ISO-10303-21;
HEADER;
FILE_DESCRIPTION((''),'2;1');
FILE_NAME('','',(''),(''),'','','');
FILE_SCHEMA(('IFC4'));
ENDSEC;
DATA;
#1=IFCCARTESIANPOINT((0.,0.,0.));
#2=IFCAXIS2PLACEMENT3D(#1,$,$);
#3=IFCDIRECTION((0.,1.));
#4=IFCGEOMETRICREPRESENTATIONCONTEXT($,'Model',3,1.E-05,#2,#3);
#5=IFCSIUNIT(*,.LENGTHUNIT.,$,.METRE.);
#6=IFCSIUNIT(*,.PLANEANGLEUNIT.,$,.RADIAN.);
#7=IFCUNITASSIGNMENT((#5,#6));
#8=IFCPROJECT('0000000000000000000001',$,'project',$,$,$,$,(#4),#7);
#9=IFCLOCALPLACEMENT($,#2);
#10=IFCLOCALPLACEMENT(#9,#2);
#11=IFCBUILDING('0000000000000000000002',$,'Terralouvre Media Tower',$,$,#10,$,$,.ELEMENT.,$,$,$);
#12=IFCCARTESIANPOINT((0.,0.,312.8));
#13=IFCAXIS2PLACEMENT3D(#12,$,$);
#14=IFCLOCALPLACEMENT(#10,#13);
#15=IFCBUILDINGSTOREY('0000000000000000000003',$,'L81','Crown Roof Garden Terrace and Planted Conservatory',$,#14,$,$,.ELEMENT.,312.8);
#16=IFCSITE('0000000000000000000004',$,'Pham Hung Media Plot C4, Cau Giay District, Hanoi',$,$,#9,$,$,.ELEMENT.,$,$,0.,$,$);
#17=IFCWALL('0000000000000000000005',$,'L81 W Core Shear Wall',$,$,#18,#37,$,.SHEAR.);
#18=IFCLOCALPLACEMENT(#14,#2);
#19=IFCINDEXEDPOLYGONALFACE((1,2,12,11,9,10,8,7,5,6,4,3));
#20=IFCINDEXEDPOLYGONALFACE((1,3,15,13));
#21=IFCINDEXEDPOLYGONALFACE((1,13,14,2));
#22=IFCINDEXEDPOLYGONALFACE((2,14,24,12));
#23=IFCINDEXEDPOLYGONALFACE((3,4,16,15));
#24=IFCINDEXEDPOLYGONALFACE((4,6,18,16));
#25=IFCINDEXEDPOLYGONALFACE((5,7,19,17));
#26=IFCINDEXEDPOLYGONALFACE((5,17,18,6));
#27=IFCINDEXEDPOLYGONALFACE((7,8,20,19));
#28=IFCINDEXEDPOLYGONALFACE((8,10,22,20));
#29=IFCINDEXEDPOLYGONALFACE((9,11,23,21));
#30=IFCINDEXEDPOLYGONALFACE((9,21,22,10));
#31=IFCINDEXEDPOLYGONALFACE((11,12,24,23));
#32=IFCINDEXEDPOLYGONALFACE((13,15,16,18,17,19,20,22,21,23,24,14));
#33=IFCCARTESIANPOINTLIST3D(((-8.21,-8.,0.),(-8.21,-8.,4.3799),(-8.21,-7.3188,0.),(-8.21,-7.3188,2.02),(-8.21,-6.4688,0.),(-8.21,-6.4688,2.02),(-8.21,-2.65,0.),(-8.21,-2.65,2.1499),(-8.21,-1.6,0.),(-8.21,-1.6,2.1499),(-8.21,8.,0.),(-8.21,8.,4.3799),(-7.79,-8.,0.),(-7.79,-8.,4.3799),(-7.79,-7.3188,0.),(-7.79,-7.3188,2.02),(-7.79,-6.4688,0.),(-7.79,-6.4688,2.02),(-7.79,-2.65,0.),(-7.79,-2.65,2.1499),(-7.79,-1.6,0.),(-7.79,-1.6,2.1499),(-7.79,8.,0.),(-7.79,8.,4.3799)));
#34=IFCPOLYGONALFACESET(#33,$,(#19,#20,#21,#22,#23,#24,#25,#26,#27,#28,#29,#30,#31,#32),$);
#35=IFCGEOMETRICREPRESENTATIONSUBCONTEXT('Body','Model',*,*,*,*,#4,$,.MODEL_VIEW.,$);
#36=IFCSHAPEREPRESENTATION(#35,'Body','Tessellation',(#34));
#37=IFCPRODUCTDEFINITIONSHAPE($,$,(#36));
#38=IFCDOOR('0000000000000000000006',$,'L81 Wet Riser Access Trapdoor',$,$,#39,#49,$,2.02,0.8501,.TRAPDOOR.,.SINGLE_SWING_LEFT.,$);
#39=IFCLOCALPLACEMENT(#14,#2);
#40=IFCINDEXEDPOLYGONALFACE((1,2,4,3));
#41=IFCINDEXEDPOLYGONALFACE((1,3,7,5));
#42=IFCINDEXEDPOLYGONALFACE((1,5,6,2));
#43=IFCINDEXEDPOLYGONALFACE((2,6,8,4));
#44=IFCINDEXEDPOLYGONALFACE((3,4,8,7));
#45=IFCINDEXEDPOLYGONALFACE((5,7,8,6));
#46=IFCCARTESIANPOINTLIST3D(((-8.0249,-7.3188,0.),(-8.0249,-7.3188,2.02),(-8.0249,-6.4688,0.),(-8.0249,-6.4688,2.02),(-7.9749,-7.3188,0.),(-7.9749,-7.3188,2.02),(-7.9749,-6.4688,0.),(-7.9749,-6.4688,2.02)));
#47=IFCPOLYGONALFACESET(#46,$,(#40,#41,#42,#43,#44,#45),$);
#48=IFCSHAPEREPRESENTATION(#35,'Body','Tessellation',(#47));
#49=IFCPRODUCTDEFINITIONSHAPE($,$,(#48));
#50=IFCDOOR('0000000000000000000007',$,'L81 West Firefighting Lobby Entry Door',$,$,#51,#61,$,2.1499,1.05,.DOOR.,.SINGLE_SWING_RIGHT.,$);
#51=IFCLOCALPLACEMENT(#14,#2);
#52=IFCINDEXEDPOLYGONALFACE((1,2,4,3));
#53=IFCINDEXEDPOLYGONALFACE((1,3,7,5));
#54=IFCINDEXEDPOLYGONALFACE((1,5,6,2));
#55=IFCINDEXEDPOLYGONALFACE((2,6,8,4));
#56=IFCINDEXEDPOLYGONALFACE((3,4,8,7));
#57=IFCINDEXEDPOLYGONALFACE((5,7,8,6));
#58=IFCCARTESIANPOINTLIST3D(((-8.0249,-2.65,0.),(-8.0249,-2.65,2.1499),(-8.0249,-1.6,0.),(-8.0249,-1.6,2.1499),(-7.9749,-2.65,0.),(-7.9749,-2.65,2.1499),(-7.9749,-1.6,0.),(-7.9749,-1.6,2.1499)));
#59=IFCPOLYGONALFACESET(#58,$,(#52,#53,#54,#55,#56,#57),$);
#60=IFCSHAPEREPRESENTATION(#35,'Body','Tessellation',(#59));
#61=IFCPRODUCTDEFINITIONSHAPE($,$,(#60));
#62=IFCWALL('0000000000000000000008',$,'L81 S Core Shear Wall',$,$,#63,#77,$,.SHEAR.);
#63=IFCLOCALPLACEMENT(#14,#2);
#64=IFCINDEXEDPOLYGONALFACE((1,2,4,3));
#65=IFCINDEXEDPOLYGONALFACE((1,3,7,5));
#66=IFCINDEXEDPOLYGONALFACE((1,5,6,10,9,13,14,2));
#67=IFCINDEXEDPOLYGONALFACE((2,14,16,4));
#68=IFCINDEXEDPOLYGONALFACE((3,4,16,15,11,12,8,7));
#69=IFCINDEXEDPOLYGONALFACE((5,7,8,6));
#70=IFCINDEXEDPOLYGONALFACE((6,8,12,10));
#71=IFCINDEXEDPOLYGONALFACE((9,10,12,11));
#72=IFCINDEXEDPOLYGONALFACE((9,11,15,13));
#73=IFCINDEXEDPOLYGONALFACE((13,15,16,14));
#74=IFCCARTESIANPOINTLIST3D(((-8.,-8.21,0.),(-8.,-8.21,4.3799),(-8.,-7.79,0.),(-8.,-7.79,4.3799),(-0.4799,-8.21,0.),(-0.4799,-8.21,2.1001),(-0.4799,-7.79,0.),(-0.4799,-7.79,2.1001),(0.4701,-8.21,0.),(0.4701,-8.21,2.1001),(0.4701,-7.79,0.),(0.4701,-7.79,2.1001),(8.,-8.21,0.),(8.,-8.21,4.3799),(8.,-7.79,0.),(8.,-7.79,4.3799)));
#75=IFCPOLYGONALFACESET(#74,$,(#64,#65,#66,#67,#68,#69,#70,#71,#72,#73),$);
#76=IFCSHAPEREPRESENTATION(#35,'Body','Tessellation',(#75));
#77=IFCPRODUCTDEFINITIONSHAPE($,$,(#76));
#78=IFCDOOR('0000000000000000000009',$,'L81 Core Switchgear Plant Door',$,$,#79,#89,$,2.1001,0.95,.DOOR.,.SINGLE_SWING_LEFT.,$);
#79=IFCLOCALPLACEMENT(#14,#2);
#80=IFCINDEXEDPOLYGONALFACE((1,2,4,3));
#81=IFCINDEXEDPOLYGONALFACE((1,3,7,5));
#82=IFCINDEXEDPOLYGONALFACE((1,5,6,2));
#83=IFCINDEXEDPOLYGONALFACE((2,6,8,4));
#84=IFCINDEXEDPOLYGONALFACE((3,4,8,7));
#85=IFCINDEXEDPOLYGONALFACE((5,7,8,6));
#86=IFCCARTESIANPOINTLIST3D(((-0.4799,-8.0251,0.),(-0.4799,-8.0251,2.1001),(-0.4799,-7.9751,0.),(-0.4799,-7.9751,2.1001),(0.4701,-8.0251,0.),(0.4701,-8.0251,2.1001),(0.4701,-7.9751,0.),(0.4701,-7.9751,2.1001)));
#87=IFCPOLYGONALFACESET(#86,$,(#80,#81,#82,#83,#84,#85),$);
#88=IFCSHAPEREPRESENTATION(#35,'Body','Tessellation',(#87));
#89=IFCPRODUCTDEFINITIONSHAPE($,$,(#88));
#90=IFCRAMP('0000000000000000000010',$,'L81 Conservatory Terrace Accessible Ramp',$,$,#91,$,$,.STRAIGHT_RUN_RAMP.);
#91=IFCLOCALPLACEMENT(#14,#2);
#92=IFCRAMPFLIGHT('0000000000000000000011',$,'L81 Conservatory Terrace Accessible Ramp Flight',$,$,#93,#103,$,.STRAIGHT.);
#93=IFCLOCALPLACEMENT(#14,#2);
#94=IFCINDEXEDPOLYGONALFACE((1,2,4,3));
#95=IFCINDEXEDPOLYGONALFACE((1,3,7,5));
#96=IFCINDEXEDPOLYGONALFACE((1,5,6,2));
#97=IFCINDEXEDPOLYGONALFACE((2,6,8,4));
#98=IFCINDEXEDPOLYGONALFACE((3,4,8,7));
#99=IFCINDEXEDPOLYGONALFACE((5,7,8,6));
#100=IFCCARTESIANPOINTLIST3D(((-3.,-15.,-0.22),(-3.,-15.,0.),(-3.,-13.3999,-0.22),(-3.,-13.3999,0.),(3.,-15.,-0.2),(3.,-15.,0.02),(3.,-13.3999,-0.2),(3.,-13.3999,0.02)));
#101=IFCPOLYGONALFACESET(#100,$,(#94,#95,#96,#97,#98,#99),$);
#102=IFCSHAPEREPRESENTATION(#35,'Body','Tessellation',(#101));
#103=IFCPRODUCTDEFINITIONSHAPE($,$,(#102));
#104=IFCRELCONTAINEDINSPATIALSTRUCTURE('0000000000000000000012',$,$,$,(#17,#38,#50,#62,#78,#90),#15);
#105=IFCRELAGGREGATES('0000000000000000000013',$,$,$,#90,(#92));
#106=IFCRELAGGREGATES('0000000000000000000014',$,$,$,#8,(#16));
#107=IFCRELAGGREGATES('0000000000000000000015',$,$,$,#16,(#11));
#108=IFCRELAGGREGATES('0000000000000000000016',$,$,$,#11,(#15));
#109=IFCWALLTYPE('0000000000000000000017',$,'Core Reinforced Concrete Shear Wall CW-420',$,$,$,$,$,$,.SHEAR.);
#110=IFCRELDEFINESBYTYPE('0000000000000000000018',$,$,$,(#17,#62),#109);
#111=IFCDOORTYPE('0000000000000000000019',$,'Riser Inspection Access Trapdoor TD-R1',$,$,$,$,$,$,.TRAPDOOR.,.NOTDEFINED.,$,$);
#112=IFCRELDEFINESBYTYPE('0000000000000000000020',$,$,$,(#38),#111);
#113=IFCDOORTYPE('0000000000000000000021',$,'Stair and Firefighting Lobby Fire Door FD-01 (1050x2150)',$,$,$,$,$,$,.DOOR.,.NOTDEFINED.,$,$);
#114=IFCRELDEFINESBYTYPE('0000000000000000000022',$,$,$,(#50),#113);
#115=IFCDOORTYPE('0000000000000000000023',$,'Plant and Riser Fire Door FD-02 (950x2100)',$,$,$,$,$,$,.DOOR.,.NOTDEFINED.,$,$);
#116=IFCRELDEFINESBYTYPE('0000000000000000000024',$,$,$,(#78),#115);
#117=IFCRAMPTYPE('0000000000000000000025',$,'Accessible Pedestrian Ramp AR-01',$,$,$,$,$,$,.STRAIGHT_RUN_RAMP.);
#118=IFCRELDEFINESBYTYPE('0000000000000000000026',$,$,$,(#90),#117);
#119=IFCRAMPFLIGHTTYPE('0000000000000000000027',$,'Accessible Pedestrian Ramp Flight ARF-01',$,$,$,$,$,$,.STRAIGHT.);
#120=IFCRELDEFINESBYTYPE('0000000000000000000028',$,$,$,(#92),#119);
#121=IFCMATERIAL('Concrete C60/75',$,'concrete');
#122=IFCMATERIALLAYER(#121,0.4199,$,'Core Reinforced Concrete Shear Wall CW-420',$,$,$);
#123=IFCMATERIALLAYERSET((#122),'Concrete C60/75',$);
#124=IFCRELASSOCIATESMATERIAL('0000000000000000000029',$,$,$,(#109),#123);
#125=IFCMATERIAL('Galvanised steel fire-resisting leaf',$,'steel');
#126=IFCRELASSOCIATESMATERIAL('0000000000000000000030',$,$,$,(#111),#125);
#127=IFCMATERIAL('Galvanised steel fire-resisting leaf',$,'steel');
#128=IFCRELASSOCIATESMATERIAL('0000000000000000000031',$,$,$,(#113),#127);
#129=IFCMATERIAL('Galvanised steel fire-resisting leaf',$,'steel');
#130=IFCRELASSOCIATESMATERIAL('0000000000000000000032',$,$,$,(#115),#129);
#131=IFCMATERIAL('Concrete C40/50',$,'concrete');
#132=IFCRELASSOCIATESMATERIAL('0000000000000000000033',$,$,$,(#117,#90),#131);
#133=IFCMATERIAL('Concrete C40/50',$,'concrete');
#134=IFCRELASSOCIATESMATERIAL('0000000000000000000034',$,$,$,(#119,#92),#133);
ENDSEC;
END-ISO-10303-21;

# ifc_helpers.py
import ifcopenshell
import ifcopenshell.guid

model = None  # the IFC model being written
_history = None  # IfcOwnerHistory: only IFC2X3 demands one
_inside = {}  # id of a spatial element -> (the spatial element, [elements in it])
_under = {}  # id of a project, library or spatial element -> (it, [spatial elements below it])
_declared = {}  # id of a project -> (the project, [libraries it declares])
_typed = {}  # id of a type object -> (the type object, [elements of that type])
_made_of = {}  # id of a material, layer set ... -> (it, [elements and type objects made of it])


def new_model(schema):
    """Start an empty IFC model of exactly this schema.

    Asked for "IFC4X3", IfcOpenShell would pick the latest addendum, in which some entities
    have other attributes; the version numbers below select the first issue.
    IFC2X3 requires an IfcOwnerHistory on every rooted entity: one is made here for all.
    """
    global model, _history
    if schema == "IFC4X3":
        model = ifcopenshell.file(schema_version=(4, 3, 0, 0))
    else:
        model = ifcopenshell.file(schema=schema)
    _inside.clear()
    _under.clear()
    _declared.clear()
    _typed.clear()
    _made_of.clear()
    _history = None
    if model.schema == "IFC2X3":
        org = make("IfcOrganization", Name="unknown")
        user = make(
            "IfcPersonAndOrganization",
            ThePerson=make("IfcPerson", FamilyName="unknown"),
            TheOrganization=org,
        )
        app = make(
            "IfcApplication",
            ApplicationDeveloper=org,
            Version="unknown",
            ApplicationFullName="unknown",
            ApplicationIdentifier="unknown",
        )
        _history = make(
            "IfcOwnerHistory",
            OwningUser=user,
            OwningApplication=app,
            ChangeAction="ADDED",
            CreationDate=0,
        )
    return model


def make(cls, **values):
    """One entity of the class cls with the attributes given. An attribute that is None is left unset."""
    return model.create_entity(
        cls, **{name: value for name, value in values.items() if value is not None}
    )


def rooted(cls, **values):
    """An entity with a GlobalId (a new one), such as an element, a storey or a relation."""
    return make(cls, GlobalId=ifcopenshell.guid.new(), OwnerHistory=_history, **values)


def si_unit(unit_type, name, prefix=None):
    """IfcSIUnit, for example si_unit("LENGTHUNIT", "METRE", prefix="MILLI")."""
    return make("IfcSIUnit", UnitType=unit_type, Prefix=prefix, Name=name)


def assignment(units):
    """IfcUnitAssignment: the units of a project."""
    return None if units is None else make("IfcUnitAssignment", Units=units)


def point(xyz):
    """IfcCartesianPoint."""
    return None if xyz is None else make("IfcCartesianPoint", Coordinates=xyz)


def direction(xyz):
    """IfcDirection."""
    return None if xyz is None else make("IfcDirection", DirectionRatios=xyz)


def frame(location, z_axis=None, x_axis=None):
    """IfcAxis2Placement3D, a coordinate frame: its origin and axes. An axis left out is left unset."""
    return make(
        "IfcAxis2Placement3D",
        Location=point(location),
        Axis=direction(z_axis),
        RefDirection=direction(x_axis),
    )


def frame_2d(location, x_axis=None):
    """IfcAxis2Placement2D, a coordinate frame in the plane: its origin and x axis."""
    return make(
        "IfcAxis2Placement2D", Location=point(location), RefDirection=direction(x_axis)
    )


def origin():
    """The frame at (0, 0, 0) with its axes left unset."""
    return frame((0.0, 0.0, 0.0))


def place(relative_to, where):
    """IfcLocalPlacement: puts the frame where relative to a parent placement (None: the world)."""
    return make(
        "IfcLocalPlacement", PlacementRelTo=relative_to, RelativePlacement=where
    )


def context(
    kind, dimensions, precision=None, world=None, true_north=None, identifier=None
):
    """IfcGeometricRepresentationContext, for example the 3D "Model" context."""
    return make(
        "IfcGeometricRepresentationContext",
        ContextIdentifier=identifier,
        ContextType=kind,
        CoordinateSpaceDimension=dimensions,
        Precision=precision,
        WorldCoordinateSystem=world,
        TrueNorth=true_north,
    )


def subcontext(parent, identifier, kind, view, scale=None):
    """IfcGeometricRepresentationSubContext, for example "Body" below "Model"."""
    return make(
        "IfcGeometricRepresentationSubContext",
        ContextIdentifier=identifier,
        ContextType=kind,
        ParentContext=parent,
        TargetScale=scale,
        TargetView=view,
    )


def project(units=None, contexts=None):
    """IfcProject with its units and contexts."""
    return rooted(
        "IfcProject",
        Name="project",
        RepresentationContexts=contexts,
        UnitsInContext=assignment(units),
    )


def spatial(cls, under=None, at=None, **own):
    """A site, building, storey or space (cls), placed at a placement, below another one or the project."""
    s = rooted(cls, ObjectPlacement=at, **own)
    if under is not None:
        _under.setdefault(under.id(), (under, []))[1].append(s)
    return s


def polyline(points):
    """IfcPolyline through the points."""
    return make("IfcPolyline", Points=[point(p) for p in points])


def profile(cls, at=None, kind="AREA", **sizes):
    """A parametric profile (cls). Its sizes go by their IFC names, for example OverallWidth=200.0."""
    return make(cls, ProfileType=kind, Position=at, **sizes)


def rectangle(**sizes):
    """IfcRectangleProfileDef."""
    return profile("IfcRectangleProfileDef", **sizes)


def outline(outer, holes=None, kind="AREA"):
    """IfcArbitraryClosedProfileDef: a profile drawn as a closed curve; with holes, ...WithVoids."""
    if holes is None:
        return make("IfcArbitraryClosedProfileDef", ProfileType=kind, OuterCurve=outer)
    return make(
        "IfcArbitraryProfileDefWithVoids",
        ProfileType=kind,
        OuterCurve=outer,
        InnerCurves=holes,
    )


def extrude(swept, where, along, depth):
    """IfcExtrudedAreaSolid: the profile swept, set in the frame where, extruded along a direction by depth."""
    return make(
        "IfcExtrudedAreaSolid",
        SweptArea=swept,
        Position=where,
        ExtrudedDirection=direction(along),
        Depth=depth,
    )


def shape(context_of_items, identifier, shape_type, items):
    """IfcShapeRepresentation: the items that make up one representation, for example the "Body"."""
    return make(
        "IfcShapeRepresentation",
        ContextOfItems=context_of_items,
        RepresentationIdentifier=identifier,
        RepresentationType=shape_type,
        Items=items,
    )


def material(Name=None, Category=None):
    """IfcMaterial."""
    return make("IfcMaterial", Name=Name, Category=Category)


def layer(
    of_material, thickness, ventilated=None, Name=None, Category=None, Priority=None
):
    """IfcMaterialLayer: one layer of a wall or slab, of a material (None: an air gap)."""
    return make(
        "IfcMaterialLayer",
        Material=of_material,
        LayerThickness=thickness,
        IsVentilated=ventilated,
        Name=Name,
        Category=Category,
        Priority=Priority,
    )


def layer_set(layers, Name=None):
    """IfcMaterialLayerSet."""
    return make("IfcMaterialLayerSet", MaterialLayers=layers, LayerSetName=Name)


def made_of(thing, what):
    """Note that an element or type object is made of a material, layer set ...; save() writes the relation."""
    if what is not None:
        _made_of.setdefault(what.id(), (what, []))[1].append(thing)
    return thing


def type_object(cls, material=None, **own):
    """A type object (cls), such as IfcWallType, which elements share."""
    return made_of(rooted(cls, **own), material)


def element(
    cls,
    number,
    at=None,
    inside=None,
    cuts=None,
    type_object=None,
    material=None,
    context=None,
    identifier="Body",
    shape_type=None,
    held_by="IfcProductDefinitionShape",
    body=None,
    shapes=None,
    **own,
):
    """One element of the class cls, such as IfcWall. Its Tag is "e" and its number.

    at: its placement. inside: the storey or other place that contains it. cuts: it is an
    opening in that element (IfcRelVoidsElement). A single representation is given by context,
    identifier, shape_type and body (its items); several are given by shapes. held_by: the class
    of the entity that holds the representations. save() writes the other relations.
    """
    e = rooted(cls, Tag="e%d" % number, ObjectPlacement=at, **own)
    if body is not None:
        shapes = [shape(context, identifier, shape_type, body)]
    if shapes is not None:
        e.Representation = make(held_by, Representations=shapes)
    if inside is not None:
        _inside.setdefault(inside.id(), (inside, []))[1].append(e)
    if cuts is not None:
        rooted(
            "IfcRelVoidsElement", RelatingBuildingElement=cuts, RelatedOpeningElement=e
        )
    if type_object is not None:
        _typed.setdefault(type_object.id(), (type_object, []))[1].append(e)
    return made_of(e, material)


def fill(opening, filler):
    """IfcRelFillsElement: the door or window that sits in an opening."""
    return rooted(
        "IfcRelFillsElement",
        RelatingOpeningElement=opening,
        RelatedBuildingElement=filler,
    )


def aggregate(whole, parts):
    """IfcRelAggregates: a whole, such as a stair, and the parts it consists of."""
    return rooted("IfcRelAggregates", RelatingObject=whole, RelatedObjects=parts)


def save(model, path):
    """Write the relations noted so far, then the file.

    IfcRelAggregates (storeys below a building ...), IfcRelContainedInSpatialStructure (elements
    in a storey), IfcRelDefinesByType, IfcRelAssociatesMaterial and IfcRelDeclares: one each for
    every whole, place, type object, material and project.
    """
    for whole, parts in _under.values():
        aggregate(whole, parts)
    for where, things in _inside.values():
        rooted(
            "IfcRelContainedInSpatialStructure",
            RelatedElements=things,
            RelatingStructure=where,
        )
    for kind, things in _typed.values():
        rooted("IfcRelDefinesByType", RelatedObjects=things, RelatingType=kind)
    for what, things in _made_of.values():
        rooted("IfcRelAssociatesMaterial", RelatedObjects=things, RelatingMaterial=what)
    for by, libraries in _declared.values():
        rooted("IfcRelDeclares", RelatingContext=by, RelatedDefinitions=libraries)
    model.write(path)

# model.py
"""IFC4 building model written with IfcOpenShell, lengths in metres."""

from ifc_helpers import new_model, si_unit, direction, frame, frame_2d, origin, place, context, subcontext, project, spatial, polyline, rectangle, outline, extrude, material, layer, layer_set, type_object, element, fill, aggregate, save


model = new_model("IFC4")

# Units and contexts
model_context = context("Model", 3, precision=1e-05, world=origin(), true_north=direction((0.0, 1.0)))
body_context = subcontext(model_context, "Body", "Model", "MODEL_VIEW")
ifc_project = project(units=[si_unit("LENGTHUNIT", "METRE"), si_unit("PLANEANGLEUNIT", "RADIAN")], contexts=[model_context])

# Site, building, storey
site_placement = place(None, origin())
site = spatial("IfcSite", under=ifc_project, at=site_placement, Name="Pham Hung Media Plot C4, Cau Giay District, Hanoi", CompositionType="ELEMENT", RefElevation=0.0)
building_placement = place(site_placement, origin())
building = spatial("IfcBuilding", under=site, at=building_placement, Name="Terralouvre Media Tower", CompositionType="ELEMENT")
storey_placement = place(building_placement, frame((0.0, 0.0, 312.8)))
storey = spatial("IfcBuildingStorey", under=building, at=storey_placement, Name="L81", Description="Crown Roof Garden Terrace and Planted Conservatory", CompositionType="ELEMENT", Elevation=312.8)

# Wall, openings, doors
ifc_material_1 = material(Name="Concrete C60/75", Category="concrete")
ifc_layer_1 = layer(ifc_material_1, 0.4199, Name="Core Reinforced Concrete Shear Wall CW-420")
ifc_layer_set_1 = layer_set([ifc_layer_1], Name="Concrete C60/75")
wall_type = type_object("IfcWallType", Name="Core Reinforced Concrete Shear Wall CW-420", PredefinedType="SHEAR", material=ifc_layer_set_1)
wall_1_placement = place(storey_placement, frame((-8.0, -8.0, 0.0), z_axis=(0.0, 0.0, 1.0), x_axis=(0.0, 1.0, 0.0)))
wall_1 = element("IfcWall", 1, at=wall_1_placement, inside=storey, type_object=wall_type, Name="L81 W Core Shear Wall", PredefinedType="SHEAR", context=body_context, shape_type="SweptSolid", body=[
    extrude(rectangle(XDim=16.0, YDim=0.4199, at=frame_2d((8.0, 0.0))), origin(), (0.0, 0.0, 1.0), 4.3799),
])
opening_1_placement = place(wall_1_placement, frame((0.6812, 0.0, 0.0)))
opening_1 = element("IfcOpeningElement", 2, at=opening_1_placement, cuts=wall_1, PredefinedType="OPENING", context=body_context, shape_type="SweptSolid", body=[
    extrude(rectangle(XDim=0.8501, YDim=2.02, at=frame_2d((0.425, 1.01))), frame((0.0, 0.22, 0.0), z_axis=(0.0, -1.0, 0.0), x_axis=(1.0, 0.0, 0.0)), (0.0, 0.0, 1.0), 0.4399),
])
opening_2_placement = place(wall_1_placement, frame((5.3501, 0.0, 0.0)))
opening_2 = element("IfcOpeningElement", 3, at=opening_2_placement, cuts=wall_1, PredefinedType="OPENING", context=body_context, shape_type="SweptSolid", body=[
    extrude(rectangle(XDim=1.05, YDim=2.1499, at=frame_2d((0.5249, 1.075))), frame((0.0, 0.22, 0.0), z_axis=(0.0, -1.0, 0.0), x_axis=(1.0, 0.0, 0.0)), (0.0, 0.0, 1.0), 0.4399),
])
ifc_material_2 = material(Name="Galvanised steel fire-resisting leaf", Category="steel")
door_type_1 = type_object("IfcDoorType", Name="Riser Inspection Access Trapdoor TD-R1", OperationType="NOTDEFINED", PredefinedType="TRAPDOOR", material=ifc_material_2)
door_1_placement = place(opening_1_placement, origin())
door_1 = element("IfcDoor", 4, at=door_1_placement, inside=storey, type_object=door_type_1, Name="L81 Wet Riser Access Trapdoor", OperationType="SINGLE_SWING_LEFT", OverallHeight=2.02, OverallWidth=0.8501, PredefinedType="TRAPDOOR", context=body_context, shape_type="SweptSolid", body=[
    extrude(rectangle(XDim=0.8501, YDim=2.02, at=frame_2d((0.425, 1.01))), frame((0.0, 0.0249, 0.0), z_axis=(0.0, -1.0, 0.0), x_axis=(1.0, 0.0, 0.0)), (0.0, 0.0, 1.0), 0.05),
])
fill(opening_1, door_1)
ifc_material_3 = material(Name="Galvanised steel fire-resisting leaf", Category="steel")
door_type_2 = type_object("IfcDoorType", Name="Stair and Firefighting Lobby Fire Door FD-01 (1050x2150)", OperationType="NOTDEFINED", PredefinedType="DOOR", material=ifc_material_3)
door_2_placement = place(opening_2_placement, origin())
door_2 = element("IfcDoor", 5, at=door_2_placement, inside=storey, type_object=door_type_2, Name="L81 West Firefighting Lobby Entry Door", OperationType="SINGLE_SWING_RIGHT", OverallHeight=2.1499, OverallWidth=1.05, PredefinedType="DOOR", context=body_context, shape_type="SweptSolid", body=[
    extrude(rectangle(XDim=1.05, YDim=2.1499, at=frame_2d((0.5249, 1.075))), frame((0.0, 0.0249, 0.0), z_axis=(0.0, -1.0, 0.0), x_axis=(1.0, 0.0, 0.0)), (0.0, 0.0, 1.0), 0.05),
])
fill(opening_2, door_2)

# Wall, opening, door
wall_2_placement = place(storey_placement, frame((-8.0, -8.0, 0.0), z_axis=(0.0, 0.0, 1.0), x_axis=(1.0, 0.0, 0.0)))
wall_2 = element("IfcWall", 6, at=wall_2_placement, inside=storey, type_object=wall_type, Name="L81 S Core Shear Wall", PredefinedType="SHEAR", context=body_context, shape_type="SweptSolid", body=[
    extrude(rectangle(XDim=16.0, YDim=0.4199, at=frame_2d((8.0, 0.0))), origin(), (0.0, 0.0, 1.0), 4.3799),
])
opening_3_placement = place(wall_2_placement, frame((7.52, 0.0, 0.0)))
opening_3 = element("IfcOpeningElement", 7, at=opening_3_placement, cuts=wall_2, PredefinedType="OPENING", context=body_context, shape_type="SweptSolid", body=[
    extrude(rectangle(XDim=0.95, YDim=2.1001, at=frame_2d((0.4751, 1.05))), frame((0.0, 0.22, 0.0), z_axis=(0.0, -1.0, 0.0), x_axis=(1.0, 0.0, 0.0)), (0.0, 0.0, 1.0), 0.4399),
])
ifc_material_4 = material(Name="Galvanised steel fire-resisting leaf", Category="steel")
door_type_3 = type_object("IfcDoorType", Name="Plant and Riser Fire Door FD-02 (950x2100)", OperationType="NOTDEFINED", PredefinedType="DOOR", material=ifc_material_4)
door_3_placement = place(opening_3_placement, origin())
door_3 = element("IfcDoor", 8, at=door_3_placement, inside=storey, type_object=door_type_3, Name="L81 Core Switchgear Plant Door", OperationType="SINGLE_SWING_LEFT", OverallHeight=2.1001, OverallWidth=0.95, PredefinedType="DOOR", context=body_context, shape_type="SweptSolid", body=[
    extrude(rectangle(XDim=0.95, YDim=2.1001, at=frame_2d((0.4751, 1.05))), frame((0.0, 0.0249, 0.0), z_axis=(0.0, -1.0, 0.0), x_axis=(1.0, 0.0, 0.0)), (0.0, 0.0, 1.0), 0.05),
])
fill(opening_3, door_3)

# Ramp, ramp flight
ifc_material_5 = material(Name="Concrete C40/50", Category="concrete")
ramp_type = type_object("IfcRampType", Name="Accessible Pedestrian Ramp AR-01", PredefinedType="STRAIGHT_RUN_RAMP", material=ifc_material_5)
ramp_placement = place(storey_placement, origin())
ramp = element("IfcRamp", 9, at=ramp_placement, inside=storey, type_object=ramp_type, material=ifc_material_5, Name="L81 Conservatory Terrace Accessible Ramp", PredefinedType="STRAIGHT_RUN_RAMP")
ifc_material_6 = material(Name="Concrete C40/50", Category="concrete")
ramp_flight_type = type_object("IfcRampFlightType", Name="Accessible Pedestrian Ramp Flight ARF-01", PredefinedType="STRAIGHT", material=ifc_material_6)
ramp_flight_placement = place(storey_placement, frame((-3.0, -14.2, 0.0), z_axis=(0.0, 0.0, 1.0), x_axis=(1.0, 0.0, 0.0)))
ramp_flight = element("IfcRampFlight", 10, at=ramp_flight_placement, type_object=ramp_flight_type, material=ifc_material_6, Name="L81 Conservatory Terrace Accessible Ramp Flight", PredefinedType="STRAIGHT", context=body_context, shape_type="SweptSolid", body=[
    extrude(outline(polyline([(0.0, 0.0), (6.0, 0.02), (6.0, -0.2), (0.0, -0.22), (0.0, 0.0)])), frame((0.0, 0.8, 0.0), z_axis=(0.0, -1.0, 0.0), x_axis=(1.0, 0.0, 0.0)), (0.0, 0.0, 1.0), 1.6001),
])
aggregate(ramp, [ramp_flight])

save(model, "model.ifc")
